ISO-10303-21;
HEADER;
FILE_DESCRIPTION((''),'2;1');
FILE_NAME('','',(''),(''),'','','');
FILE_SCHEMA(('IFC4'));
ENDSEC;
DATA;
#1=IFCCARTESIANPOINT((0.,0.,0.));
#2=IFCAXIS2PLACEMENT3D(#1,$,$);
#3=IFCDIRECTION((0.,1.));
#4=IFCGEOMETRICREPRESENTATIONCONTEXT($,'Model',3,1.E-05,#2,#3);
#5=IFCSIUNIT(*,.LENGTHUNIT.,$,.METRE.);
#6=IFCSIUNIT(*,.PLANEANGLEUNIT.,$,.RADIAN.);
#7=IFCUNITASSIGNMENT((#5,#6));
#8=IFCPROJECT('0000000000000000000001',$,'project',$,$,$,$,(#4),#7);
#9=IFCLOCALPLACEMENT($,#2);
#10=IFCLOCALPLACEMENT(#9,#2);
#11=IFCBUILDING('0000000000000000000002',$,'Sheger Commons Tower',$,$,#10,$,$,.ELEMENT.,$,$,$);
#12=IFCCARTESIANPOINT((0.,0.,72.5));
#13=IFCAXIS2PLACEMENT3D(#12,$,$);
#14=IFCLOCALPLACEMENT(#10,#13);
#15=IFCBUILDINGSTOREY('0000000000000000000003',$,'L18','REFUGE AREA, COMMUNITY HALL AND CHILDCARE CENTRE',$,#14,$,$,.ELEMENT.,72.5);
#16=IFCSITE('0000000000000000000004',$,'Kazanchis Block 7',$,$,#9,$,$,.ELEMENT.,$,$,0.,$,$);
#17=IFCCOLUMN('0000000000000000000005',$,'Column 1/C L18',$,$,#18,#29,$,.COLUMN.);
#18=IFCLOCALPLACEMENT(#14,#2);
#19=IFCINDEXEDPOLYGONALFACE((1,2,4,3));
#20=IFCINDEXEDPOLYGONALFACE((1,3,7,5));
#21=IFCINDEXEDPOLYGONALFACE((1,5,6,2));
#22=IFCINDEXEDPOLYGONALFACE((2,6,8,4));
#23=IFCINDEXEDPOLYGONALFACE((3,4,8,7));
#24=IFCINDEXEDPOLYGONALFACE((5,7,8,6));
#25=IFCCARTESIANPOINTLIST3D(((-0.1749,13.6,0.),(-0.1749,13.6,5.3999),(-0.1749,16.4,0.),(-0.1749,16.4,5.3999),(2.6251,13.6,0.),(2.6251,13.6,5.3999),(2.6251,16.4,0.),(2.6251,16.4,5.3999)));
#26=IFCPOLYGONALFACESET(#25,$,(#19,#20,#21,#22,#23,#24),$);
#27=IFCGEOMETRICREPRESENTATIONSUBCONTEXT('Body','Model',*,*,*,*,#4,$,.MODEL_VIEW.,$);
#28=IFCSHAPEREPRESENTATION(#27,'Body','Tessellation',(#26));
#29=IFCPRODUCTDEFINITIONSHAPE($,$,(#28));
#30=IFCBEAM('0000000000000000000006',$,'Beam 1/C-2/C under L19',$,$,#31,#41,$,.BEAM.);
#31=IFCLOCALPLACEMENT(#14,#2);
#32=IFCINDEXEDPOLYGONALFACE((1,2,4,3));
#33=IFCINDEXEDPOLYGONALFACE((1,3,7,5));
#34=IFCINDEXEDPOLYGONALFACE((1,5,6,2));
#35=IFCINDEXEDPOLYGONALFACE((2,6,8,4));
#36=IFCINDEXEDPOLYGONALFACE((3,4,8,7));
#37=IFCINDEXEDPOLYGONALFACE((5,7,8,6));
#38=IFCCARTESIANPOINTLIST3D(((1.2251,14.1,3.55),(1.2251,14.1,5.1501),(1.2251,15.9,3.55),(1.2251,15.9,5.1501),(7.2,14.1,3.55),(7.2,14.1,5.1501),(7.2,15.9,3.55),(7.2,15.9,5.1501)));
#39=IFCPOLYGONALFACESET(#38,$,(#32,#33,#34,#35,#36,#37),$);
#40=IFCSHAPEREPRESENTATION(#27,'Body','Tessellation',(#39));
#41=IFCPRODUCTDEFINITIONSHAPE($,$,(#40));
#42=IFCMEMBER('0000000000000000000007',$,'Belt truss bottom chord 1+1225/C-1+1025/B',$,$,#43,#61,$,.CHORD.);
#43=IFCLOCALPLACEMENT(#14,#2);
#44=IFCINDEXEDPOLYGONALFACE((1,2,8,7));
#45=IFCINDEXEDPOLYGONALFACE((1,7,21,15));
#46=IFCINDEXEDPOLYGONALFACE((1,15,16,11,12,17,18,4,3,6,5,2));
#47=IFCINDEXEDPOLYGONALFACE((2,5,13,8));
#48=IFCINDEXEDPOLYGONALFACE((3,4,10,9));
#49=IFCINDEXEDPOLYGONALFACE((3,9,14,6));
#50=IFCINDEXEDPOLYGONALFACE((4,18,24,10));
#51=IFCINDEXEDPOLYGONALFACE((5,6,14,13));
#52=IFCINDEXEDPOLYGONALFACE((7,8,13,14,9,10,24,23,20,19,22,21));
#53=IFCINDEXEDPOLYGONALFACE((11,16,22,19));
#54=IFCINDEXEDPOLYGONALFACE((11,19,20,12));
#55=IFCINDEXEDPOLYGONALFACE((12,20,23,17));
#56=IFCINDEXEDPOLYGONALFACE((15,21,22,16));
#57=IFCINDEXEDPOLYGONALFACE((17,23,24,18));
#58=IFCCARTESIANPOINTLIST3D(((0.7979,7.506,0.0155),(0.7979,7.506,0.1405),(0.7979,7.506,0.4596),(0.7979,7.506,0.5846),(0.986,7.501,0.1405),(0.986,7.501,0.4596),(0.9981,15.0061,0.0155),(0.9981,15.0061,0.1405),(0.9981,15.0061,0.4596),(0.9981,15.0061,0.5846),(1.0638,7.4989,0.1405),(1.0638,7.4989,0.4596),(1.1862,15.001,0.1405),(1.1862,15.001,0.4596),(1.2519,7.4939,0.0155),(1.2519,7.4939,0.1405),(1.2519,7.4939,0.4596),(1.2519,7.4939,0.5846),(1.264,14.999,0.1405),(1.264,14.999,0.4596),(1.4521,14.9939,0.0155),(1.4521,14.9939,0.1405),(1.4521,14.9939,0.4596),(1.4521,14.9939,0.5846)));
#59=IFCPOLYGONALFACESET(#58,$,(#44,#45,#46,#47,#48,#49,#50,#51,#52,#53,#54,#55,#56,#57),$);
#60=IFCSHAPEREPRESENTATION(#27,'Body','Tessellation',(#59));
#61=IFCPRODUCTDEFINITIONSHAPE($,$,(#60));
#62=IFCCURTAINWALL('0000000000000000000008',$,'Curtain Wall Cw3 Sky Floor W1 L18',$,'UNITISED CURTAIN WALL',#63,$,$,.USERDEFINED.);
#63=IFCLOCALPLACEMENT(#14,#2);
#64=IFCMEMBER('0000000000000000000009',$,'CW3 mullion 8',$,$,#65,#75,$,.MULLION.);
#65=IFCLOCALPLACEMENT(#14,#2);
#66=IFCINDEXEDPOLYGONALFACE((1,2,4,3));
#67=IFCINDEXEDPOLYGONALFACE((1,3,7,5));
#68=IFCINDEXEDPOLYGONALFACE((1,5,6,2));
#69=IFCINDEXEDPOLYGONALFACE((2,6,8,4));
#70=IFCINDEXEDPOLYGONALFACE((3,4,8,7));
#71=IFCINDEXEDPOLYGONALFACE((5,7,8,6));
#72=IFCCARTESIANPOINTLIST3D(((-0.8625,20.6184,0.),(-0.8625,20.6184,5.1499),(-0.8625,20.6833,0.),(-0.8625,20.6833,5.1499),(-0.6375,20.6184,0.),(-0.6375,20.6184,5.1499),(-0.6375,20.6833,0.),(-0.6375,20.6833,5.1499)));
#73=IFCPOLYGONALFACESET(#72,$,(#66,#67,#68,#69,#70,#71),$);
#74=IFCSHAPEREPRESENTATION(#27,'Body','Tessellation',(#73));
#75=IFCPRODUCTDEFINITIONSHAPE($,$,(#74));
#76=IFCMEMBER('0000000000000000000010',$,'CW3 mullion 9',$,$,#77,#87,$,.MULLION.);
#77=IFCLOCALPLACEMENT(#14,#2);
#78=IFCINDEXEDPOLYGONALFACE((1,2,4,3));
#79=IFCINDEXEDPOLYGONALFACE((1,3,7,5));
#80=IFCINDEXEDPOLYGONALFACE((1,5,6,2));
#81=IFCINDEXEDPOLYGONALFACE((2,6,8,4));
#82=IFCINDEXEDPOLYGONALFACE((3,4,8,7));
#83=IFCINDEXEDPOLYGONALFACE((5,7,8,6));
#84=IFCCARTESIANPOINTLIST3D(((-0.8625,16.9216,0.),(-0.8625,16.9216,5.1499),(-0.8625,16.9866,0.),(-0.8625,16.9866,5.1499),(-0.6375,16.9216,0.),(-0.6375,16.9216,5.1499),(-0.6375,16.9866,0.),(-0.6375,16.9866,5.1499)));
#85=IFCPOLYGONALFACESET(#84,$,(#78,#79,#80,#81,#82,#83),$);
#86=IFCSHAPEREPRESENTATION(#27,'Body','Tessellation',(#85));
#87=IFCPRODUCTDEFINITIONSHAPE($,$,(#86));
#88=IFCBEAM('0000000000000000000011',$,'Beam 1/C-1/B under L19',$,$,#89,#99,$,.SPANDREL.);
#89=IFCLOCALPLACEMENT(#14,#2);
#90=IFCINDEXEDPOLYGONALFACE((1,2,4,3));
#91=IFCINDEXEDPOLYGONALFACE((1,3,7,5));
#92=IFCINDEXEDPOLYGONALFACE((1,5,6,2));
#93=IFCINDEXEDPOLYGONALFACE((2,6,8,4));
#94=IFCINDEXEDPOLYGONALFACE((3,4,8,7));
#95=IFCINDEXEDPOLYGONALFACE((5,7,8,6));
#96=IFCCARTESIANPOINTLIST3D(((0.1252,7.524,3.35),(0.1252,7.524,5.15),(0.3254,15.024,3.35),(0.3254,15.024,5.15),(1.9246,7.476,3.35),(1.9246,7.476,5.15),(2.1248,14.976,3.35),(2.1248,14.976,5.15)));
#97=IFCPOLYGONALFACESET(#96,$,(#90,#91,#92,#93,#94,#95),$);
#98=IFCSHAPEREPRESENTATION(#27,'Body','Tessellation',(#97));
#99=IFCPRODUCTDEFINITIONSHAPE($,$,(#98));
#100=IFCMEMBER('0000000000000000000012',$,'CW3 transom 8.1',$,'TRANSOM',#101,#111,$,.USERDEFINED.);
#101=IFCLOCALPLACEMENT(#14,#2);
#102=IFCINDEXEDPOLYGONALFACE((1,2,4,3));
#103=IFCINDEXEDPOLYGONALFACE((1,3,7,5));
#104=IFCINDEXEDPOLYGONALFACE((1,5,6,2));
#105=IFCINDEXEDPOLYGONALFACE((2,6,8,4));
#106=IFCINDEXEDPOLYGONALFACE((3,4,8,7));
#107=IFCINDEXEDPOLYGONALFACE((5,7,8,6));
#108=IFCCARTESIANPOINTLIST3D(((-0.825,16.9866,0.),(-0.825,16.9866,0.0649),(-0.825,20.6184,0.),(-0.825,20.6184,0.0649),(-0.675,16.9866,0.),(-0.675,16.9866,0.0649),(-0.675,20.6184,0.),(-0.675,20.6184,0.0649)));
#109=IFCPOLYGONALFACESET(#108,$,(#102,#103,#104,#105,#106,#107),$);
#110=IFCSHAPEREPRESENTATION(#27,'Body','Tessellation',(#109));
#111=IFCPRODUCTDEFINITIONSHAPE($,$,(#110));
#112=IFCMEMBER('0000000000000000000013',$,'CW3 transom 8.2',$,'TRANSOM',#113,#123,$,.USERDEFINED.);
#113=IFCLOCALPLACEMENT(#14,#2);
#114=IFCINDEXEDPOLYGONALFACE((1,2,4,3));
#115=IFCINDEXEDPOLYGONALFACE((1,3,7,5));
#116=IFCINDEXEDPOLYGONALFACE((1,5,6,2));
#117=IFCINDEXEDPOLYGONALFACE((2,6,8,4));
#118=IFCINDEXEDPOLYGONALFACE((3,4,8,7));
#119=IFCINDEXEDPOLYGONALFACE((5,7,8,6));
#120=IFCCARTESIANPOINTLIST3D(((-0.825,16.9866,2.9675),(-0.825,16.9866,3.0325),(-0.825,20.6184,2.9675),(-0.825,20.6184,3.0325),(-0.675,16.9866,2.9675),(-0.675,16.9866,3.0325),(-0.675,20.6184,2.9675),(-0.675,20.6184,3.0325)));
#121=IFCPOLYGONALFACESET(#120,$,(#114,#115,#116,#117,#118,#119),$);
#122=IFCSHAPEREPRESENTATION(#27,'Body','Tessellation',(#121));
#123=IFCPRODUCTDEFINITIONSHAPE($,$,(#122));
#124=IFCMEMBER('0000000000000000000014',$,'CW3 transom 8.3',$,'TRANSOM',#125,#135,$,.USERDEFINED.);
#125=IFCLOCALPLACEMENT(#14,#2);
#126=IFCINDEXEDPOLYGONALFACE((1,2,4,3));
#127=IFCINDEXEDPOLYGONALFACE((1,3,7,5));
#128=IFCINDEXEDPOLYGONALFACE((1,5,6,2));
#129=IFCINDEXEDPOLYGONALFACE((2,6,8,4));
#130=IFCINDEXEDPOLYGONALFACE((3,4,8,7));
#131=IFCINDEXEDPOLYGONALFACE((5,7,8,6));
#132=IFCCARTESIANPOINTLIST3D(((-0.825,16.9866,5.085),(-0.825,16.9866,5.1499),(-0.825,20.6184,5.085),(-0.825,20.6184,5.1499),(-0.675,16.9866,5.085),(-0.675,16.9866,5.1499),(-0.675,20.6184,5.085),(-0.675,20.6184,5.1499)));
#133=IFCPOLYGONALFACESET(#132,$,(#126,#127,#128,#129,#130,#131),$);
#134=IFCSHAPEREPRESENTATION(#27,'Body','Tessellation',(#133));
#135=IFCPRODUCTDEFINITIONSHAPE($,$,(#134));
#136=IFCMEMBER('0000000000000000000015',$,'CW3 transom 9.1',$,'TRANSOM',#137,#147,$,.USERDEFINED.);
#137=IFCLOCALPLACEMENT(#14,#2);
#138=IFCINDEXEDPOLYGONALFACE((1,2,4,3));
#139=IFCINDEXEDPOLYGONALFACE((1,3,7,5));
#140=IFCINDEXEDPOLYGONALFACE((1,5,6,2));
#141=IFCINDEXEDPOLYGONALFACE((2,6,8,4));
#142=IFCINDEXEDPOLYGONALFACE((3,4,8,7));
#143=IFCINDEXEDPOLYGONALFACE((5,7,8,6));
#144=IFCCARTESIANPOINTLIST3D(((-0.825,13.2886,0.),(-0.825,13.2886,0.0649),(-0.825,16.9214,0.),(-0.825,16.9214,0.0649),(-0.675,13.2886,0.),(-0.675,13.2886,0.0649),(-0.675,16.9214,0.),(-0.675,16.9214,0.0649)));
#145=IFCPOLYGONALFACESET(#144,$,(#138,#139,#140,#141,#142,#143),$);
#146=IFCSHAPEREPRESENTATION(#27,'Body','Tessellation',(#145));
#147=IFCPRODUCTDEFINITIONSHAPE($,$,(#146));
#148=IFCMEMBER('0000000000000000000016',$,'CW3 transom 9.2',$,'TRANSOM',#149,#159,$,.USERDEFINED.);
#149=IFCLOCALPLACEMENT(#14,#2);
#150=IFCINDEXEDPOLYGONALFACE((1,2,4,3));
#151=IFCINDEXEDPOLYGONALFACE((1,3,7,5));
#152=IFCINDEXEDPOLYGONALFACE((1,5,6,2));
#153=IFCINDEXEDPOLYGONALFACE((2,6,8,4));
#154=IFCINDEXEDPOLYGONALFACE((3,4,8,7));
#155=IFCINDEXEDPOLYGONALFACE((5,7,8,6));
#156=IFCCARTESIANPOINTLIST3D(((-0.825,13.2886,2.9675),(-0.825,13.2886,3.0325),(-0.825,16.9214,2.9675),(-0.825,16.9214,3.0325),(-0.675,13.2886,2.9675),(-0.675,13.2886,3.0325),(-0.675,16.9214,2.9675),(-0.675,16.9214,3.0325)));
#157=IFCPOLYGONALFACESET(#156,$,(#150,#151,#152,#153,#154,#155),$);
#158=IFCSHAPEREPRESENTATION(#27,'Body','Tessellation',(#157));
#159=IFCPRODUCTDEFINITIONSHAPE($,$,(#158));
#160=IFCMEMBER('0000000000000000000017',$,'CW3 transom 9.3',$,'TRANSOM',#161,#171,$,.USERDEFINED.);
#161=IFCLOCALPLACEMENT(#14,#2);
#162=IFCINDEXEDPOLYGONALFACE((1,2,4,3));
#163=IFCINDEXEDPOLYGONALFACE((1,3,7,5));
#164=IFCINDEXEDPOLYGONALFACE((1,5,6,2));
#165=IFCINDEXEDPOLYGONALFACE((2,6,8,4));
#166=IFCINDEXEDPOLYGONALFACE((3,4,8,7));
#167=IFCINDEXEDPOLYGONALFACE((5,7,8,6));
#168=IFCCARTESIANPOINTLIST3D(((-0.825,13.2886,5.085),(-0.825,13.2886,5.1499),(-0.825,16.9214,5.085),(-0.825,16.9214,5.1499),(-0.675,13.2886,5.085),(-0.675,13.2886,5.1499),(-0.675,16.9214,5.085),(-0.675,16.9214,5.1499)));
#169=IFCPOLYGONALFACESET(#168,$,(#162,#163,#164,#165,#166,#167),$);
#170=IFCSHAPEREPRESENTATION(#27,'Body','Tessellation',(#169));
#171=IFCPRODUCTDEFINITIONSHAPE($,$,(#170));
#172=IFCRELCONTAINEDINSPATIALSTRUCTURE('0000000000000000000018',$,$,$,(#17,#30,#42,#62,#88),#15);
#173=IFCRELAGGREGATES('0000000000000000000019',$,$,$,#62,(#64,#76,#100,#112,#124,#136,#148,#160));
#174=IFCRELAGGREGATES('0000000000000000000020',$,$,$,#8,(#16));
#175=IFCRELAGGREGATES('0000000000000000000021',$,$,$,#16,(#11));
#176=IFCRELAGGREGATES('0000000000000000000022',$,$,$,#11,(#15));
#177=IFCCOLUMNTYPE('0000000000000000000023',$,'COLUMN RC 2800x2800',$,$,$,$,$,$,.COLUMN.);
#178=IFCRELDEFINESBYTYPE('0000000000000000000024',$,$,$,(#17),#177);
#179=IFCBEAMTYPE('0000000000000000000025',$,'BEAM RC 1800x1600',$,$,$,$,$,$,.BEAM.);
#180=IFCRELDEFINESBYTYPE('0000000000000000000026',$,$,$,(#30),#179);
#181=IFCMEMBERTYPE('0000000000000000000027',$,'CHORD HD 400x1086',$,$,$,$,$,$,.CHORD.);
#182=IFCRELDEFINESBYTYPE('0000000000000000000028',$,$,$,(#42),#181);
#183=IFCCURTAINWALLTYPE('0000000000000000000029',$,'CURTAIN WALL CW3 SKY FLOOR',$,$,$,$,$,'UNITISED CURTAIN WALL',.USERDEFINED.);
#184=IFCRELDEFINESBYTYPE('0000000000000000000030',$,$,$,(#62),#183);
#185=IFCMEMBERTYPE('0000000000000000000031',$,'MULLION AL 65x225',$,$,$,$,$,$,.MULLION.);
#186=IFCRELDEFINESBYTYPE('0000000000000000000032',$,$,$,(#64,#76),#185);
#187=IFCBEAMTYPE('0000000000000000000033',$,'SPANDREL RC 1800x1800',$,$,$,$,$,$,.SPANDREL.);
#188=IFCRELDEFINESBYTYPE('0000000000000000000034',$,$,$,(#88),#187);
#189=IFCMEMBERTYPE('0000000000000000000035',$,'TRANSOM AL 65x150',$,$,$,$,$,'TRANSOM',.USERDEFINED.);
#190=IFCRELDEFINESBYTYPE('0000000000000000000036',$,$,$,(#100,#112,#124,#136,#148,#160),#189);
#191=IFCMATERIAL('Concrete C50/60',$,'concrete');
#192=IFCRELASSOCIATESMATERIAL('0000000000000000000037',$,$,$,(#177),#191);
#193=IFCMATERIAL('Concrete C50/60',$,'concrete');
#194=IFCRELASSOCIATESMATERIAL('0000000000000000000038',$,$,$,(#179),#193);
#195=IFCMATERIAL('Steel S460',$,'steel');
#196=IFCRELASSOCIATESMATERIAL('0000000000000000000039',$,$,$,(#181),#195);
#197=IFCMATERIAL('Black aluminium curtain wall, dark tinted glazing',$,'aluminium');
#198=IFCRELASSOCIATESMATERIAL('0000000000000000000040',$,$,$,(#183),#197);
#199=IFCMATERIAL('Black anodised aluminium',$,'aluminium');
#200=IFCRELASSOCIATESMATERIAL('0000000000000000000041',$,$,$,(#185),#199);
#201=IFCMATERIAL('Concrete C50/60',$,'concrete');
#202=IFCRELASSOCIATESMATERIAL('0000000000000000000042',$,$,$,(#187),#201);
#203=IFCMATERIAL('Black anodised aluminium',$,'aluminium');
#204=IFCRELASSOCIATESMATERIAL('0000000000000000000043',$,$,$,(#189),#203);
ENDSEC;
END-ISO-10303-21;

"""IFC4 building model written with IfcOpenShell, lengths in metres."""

from ifc_helpers import new_model, si_unit, direction, frame, origin, origin_2d, place, context, subcontext, project, spatial, rectangle, i_section, extrude, material, material_profile, profile_set, type_object, element, aggregate, save


model = new_model("IFC4")

# Units and contexts
model_context = context("Model", 3, precision=1e-05, world=origin(), true_north=direction((0.0, 1.0)))
body_context = subcontext(model_context, "Body", "Model", "MODEL_VIEW")
ifc_project = project(units=[si_unit("LENGTHUNIT", "METRE"), si_unit("PLANEANGLEUNIT", "RADIAN")], contexts=[model_context])

# Site, building, storey
site_placement = place(None, origin())
site = spatial("IfcSite", under=ifc_project, at=site_placement, Name="Kazanchis Block 7", CompositionType="ELEMENT", RefElevation=0.0)
building_placement = place(site_placement, origin())
building = spatial("IfcBuilding", under=site, at=building_placement, Name="Sheger Commons Tower", CompositionType="ELEMENT")
storey_placement = place(building_placement, frame((0.0, 0.0, 72.5)))
storey = spatial("IfcBuildingStorey", under=building, at=storey_placement, Name="L18", Description="REFUGE AREA, COMMUNITY HALL AND CHILDCARE CENTRE", CompositionType="ELEMENT", Elevation=72.5)

# Column
ifc_material_1 = material(Name="Concrete C50/60", Category="concrete")
ifc_material_profile_1 = material_profile(ifc_material_1, rectangle(XDim=2.8, YDim=2.8, at=origin_2d()), Name="RC 2800x2800")
ifc_profile_set_1 = profile_set([ifc_material_profile_1], Name="Concrete C50/60")
column_type = type_object("IfcColumnType", Name="COLUMN RC 2800x2800", PredefinedType="COLUMN", material=ifc_profile_set_1)
column_placement = place(storey_placement, frame((1.2251, 15.0, 0.0), z_axis=(0.0, 0.0, 1.0), x_axis=(1.0, 0.0, 0.0)))
element("IfcColumn", 1, at=column_placement, inside=storey, type_object=column_type, Name="Column 1/C L18", PredefinedType="COLUMN", context=body_context, shape_type="SweptSolid", body=[
    extrude(rectangle(XDim=2.8, YDim=2.8, at=origin_2d()), origin(), (0.0, 0.0, 1.0), 5.3999),
])

# Beam
ifc_material_2 = material(Name="Concrete C50/60", Category="concrete")
ifc_material_profile_2 = material_profile(ifc_material_2, rectangle(XDim=1.8, YDim=1.6001, at=origin_2d()), Name="RC 1800x1600")
ifc_profile_set_2 = profile_set([ifc_material_profile_2], Name="Concrete C50/60")
beam_type_1 = type_object("IfcBeamType", Name="BEAM RC 1800x1600", PredefinedType="BEAM", material=ifc_profile_set_2)
beam_1_placement = place(storey_placement, frame((1.2251, 15.0, 4.3501), z_axis=(1.0, 0.0, 0.0), x_axis=(0.0, 1.0, 0.0)))
element("IfcBeam", 2, at=beam_1_placement, inside=storey, type_object=beam_type_1, Name="Beam 1/C-2/C under L19", PredefinedType="BEAM", context=body_context, shape_type="SweptSolid", body=[
    extrude(rectangle(XDim=1.8, YDim=1.6001, at=origin_2d()), origin(), (0.0, 0.0, 1.0), 5.9749),
])

# Member
ifc_material_3 = material(Name="Steel S460", Category="steel")
ifc_material_profile_3 = material_profile(ifc_material_3, i_section(OverallWidth=0.4541, OverallDepth=0.5691, WebThickness=0.0779, FlangeThickness=0.125, at=origin_2d()), Name="HD 400x1086")
ifc_profile_set_3 = profile_set([ifc_material_profile_3], Name="Steel S460")
member_type_1 = type_object("IfcMemberType", Name="CHORD HD 400x1086", PredefinedType="CHORD", material=ifc_profile_set_3)
member_1_placement = place(storey_placement, frame((1.2251, 15.0, 0.3), z_axis=(-0.026683, -0.999644, 0.0), x_axis=(0.999644, -0.026683, 0.0)))
element("IfcMember", 3, at=member_1_placement, inside=storey, type_object=member_type_1, Name="Belt truss bottom chord 1+1225/C-1+1025/B", PredefinedType="CHORD", context=body_context, shape_type="SweptSolid", body=[
    extrude(i_section(OverallWidth=0.4541, OverallDepth=0.5691, WebThickness=0.0779, FlangeThickness=0.125, at=origin_2d()), origin(), (0.0, 0.0, 1.0), 7.5027),
])

# Curtain wall, members
ifc_material_4 = material(Name="Black aluminium curtain wall, dark tinted glazing", Category="aluminium")
curtain_wall_type = type_object("IfcCurtainWallType", Name="CURTAIN WALL CW3 SKY FLOOR", ElementType="UNITISED CURTAIN WALL", PredefinedType="USERDEFINED", material=ifc_material_4)
curtain_wall_placement = place(storey_placement, origin())
curtain_wall = element("IfcCurtainWall", 4, at=curtain_wall_placement, inside=storey, type_object=curtain_wall_type, Name="Curtain Wall Cw3 Sky Floor W1 L18", ObjectType="UNITISED CURTAIN WALL", PredefinedType="USERDEFINED")
ifc_material_5 = material(Name="Black anodised aluminium", Category="aluminium")
ifc_material_profile_4 = material_profile(ifc_material_5, rectangle(XDim=0.2251, YDim=0.0649, at=origin_2d()), Name="AL 65x225")
ifc_profile_set_4 = profile_set([ifc_material_profile_4], Name="Black anodised aluminium")
member_type_2 = type_object("IfcMemberType", Name="MULLION AL 65x225", PredefinedType="MULLION", material=ifc_profile_set_4)
member_2_placement = place(storey_placement, frame((-0.75, 20.6509, 0.0), z_axis=(0.0, 0.0, 1.0), x_axis=(1.0, 0.0, 0.0)))
member_2 = element("IfcMember", 5, at=member_2_placement, type_object=member_type_2, Name="CW3 mullion 8", PredefinedType="MULLION", context=body_context, shape_type="SweptSolid", body=[
    extrude(rectangle(XDim=0.2251, YDim=0.0649, at=origin_2d()), origin(), (0.0, 0.0, 1.0), 5.1499),
])
member_3_placement = place(storey_placement, frame((-0.75, 16.9541, 0.0), z_axis=(0.0, 0.0, 1.0), x_axis=(1.0, 0.0, 0.0)))
member_3 = element("IfcMember", 6, at=member_3_placement, type_object=member_type_2, Name="CW3 mullion 9", PredefinedType="MULLION", context=body_context, shape_type="SweptSolid", body=[
    extrude(rectangle(XDim=0.2251, YDim=0.0649, at=origin_2d()), origin(), (0.0, 0.0, 1.0), 5.1499),
])

# Beam
ifc_material_6 = material(Name="Concrete C50/60", Category="concrete")
ifc_material_profile_5 = material_profile(ifc_material_6, rectangle(XDim=1.8, YDim=1.8, at=origin_2d()), Name="RC 1800x1800")
ifc_profile_set_5 = profile_set([ifc_material_profile_5], Name="Concrete C50/60")
beam_type_2 = type_object("IfcBeamType", Name="SPANDREL RC 1800x1800", PredefinedType="SPANDREL", material=ifc_profile_set_5)
beam_2_placement = place(storey_placement, frame((1.2251, 15.0, 4.25), z_axis=(-0.026683, -0.999644, 0.0), x_axis=(0.999644, -0.026683, 0.0)))
element("IfcBeam", 7, at=beam_2_placement, inside=storey, type_object=beam_type_2, Name="Beam 1/C-1/B under L19", PredefinedType="SPANDREL", context=body_context, shape_type="SweptSolid", body=[
    extrude(rectangle(XDim=1.8, YDim=1.8, at=origin_2d()), origin(), (0.0, 0.0, 1.0), 7.5027),
])

# Members
ifc_material_7 = material(Name="Black anodised aluminium", Category="aluminium")
ifc_material_profile_6 = material_profile(ifc_material_7, rectangle(XDim=0.1499, YDim=0.0649, at=origin_2d()), Name="AL 65x150")
ifc_profile_set_6 = profile_set([ifc_material_profile_6], Name="Black anodised aluminium")
member_type_3 = type_object("IfcMemberType", Name="TRANSOM AL 65x150", ElementType="TRANSOM", PredefinedType="USERDEFINED", material=ifc_profile_set_6)
member_4_placement = place(storey_placement, frame((-0.75, 20.6184, 0.0325), z_axis=(0.0, -1.0, 0.0), x_axis=(1.0, 0.0, 0.0)))
member_4 = element("IfcMember", 8, at=member_4_placement, type_object=member_type_3, Name="CW3 transom 8.1", ObjectType="TRANSOM", PredefinedType="USERDEFINED", context=body_context, shape_type="SweptSolid", body=[
    extrude(rectangle(XDim=0.1499, YDim=0.0649, at=origin_2d()), origin(), (0.0, 0.0, 1.0), 3.6318),
])
member_5_placement = place(storey_placement, frame((-0.75, 20.6184, 3.0), z_axis=(0.0, -1.0, 0.0), x_axis=(1.0, 0.0, 0.0)))
member_5 = element("IfcMember", 9, at=member_5_placement, type_object=member_type_3, Name="CW3 transom 8.2", ObjectType="TRANSOM", PredefinedType="USERDEFINED", context=body_context, shape_type="SweptSolid", body=[
    extrude(rectangle(XDim=0.1499, YDim=0.0649, at=origin_2d()), origin(), (0.0, 0.0, 1.0), 3.6318),
])
member_6_placement = place(storey_placement, frame((-0.75, 20.6184, 5.1174), z_axis=(0.0, -1.0, 0.0), x_axis=(1.0, 0.0, 0.0)))
member_6 = element("IfcMember", 10, at=member_6_placement, type_object=member_type_3, Name="CW3 transom 8.3", ObjectType="TRANSOM", PredefinedType="USERDEFINED", context=body_context, shape_type="SweptSolid", body=[
    extrude(rectangle(XDim=0.1499, YDim=0.0649, at=origin_2d()), origin(), (0.0, 0.0, 1.0), 3.6318),
])
member_7_placement = place(storey_placement, frame((-0.75, 16.9214, 0.0325), z_axis=(0.0, -1.0, 0.0), x_axis=(1.0, 0.0, 0.0)))
member_7 = element("IfcMember", 11, at=member_7_placement, type_object=member_type_3, Name="CW3 transom 9.1", ObjectType="TRANSOM", PredefinedType="USERDEFINED", context=body_context, shape_type="SweptSolid", body=[
    extrude(rectangle(XDim=0.1499, YDim=0.0649, at=origin_2d()), origin(), (0.0, 0.0, 1.0), 3.6328),
])
member_8_placement = place(storey_placement, frame((-0.75, 16.9214, 3.0), z_axis=(0.0, -1.0, 0.0), x_axis=(1.0, 0.0, 0.0)))
member_8 = element("IfcMember", 12, at=member_8_placement, type_object=member_type_3, Name="CW3 transom 9.2", ObjectType="TRANSOM", PredefinedType="USERDEFINED", context=body_context, shape_type="SweptSolid", body=[
    extrude(rectangle(XDim=0.1499, YDim=0.0649, at=origin_2d()), origin(), (0.0, 0.0, 1.0), 3.6328),
])
member_9_placement = place(storey_placement, frame((-0.75, 16.9214, 5.1174), z_axis=(0.0, -1.0, 0.0), x_axis=(1.0, 0.0, 0.0)))
member_9 = element("IfcMember", 13, at=member_9_placement, type_object=member_type_3, Name="CW3 transom 9.3", ObjectType="TRANSOM", PredefinedType="USERDEFINED", context=body_context, shape_type="SweptSolid", body=[
    extrude(rectangle(XDim=0.1499, YDim=0.0649, at=origin_2d()), origin(), (0.0, 0.0, 1.0), 3.6328),
])

aggregate(curtain_wall, [member_2, member_3, member_4, member_5, member_6, member_7, member_8, member_9])

save(model, "model.ifc")
